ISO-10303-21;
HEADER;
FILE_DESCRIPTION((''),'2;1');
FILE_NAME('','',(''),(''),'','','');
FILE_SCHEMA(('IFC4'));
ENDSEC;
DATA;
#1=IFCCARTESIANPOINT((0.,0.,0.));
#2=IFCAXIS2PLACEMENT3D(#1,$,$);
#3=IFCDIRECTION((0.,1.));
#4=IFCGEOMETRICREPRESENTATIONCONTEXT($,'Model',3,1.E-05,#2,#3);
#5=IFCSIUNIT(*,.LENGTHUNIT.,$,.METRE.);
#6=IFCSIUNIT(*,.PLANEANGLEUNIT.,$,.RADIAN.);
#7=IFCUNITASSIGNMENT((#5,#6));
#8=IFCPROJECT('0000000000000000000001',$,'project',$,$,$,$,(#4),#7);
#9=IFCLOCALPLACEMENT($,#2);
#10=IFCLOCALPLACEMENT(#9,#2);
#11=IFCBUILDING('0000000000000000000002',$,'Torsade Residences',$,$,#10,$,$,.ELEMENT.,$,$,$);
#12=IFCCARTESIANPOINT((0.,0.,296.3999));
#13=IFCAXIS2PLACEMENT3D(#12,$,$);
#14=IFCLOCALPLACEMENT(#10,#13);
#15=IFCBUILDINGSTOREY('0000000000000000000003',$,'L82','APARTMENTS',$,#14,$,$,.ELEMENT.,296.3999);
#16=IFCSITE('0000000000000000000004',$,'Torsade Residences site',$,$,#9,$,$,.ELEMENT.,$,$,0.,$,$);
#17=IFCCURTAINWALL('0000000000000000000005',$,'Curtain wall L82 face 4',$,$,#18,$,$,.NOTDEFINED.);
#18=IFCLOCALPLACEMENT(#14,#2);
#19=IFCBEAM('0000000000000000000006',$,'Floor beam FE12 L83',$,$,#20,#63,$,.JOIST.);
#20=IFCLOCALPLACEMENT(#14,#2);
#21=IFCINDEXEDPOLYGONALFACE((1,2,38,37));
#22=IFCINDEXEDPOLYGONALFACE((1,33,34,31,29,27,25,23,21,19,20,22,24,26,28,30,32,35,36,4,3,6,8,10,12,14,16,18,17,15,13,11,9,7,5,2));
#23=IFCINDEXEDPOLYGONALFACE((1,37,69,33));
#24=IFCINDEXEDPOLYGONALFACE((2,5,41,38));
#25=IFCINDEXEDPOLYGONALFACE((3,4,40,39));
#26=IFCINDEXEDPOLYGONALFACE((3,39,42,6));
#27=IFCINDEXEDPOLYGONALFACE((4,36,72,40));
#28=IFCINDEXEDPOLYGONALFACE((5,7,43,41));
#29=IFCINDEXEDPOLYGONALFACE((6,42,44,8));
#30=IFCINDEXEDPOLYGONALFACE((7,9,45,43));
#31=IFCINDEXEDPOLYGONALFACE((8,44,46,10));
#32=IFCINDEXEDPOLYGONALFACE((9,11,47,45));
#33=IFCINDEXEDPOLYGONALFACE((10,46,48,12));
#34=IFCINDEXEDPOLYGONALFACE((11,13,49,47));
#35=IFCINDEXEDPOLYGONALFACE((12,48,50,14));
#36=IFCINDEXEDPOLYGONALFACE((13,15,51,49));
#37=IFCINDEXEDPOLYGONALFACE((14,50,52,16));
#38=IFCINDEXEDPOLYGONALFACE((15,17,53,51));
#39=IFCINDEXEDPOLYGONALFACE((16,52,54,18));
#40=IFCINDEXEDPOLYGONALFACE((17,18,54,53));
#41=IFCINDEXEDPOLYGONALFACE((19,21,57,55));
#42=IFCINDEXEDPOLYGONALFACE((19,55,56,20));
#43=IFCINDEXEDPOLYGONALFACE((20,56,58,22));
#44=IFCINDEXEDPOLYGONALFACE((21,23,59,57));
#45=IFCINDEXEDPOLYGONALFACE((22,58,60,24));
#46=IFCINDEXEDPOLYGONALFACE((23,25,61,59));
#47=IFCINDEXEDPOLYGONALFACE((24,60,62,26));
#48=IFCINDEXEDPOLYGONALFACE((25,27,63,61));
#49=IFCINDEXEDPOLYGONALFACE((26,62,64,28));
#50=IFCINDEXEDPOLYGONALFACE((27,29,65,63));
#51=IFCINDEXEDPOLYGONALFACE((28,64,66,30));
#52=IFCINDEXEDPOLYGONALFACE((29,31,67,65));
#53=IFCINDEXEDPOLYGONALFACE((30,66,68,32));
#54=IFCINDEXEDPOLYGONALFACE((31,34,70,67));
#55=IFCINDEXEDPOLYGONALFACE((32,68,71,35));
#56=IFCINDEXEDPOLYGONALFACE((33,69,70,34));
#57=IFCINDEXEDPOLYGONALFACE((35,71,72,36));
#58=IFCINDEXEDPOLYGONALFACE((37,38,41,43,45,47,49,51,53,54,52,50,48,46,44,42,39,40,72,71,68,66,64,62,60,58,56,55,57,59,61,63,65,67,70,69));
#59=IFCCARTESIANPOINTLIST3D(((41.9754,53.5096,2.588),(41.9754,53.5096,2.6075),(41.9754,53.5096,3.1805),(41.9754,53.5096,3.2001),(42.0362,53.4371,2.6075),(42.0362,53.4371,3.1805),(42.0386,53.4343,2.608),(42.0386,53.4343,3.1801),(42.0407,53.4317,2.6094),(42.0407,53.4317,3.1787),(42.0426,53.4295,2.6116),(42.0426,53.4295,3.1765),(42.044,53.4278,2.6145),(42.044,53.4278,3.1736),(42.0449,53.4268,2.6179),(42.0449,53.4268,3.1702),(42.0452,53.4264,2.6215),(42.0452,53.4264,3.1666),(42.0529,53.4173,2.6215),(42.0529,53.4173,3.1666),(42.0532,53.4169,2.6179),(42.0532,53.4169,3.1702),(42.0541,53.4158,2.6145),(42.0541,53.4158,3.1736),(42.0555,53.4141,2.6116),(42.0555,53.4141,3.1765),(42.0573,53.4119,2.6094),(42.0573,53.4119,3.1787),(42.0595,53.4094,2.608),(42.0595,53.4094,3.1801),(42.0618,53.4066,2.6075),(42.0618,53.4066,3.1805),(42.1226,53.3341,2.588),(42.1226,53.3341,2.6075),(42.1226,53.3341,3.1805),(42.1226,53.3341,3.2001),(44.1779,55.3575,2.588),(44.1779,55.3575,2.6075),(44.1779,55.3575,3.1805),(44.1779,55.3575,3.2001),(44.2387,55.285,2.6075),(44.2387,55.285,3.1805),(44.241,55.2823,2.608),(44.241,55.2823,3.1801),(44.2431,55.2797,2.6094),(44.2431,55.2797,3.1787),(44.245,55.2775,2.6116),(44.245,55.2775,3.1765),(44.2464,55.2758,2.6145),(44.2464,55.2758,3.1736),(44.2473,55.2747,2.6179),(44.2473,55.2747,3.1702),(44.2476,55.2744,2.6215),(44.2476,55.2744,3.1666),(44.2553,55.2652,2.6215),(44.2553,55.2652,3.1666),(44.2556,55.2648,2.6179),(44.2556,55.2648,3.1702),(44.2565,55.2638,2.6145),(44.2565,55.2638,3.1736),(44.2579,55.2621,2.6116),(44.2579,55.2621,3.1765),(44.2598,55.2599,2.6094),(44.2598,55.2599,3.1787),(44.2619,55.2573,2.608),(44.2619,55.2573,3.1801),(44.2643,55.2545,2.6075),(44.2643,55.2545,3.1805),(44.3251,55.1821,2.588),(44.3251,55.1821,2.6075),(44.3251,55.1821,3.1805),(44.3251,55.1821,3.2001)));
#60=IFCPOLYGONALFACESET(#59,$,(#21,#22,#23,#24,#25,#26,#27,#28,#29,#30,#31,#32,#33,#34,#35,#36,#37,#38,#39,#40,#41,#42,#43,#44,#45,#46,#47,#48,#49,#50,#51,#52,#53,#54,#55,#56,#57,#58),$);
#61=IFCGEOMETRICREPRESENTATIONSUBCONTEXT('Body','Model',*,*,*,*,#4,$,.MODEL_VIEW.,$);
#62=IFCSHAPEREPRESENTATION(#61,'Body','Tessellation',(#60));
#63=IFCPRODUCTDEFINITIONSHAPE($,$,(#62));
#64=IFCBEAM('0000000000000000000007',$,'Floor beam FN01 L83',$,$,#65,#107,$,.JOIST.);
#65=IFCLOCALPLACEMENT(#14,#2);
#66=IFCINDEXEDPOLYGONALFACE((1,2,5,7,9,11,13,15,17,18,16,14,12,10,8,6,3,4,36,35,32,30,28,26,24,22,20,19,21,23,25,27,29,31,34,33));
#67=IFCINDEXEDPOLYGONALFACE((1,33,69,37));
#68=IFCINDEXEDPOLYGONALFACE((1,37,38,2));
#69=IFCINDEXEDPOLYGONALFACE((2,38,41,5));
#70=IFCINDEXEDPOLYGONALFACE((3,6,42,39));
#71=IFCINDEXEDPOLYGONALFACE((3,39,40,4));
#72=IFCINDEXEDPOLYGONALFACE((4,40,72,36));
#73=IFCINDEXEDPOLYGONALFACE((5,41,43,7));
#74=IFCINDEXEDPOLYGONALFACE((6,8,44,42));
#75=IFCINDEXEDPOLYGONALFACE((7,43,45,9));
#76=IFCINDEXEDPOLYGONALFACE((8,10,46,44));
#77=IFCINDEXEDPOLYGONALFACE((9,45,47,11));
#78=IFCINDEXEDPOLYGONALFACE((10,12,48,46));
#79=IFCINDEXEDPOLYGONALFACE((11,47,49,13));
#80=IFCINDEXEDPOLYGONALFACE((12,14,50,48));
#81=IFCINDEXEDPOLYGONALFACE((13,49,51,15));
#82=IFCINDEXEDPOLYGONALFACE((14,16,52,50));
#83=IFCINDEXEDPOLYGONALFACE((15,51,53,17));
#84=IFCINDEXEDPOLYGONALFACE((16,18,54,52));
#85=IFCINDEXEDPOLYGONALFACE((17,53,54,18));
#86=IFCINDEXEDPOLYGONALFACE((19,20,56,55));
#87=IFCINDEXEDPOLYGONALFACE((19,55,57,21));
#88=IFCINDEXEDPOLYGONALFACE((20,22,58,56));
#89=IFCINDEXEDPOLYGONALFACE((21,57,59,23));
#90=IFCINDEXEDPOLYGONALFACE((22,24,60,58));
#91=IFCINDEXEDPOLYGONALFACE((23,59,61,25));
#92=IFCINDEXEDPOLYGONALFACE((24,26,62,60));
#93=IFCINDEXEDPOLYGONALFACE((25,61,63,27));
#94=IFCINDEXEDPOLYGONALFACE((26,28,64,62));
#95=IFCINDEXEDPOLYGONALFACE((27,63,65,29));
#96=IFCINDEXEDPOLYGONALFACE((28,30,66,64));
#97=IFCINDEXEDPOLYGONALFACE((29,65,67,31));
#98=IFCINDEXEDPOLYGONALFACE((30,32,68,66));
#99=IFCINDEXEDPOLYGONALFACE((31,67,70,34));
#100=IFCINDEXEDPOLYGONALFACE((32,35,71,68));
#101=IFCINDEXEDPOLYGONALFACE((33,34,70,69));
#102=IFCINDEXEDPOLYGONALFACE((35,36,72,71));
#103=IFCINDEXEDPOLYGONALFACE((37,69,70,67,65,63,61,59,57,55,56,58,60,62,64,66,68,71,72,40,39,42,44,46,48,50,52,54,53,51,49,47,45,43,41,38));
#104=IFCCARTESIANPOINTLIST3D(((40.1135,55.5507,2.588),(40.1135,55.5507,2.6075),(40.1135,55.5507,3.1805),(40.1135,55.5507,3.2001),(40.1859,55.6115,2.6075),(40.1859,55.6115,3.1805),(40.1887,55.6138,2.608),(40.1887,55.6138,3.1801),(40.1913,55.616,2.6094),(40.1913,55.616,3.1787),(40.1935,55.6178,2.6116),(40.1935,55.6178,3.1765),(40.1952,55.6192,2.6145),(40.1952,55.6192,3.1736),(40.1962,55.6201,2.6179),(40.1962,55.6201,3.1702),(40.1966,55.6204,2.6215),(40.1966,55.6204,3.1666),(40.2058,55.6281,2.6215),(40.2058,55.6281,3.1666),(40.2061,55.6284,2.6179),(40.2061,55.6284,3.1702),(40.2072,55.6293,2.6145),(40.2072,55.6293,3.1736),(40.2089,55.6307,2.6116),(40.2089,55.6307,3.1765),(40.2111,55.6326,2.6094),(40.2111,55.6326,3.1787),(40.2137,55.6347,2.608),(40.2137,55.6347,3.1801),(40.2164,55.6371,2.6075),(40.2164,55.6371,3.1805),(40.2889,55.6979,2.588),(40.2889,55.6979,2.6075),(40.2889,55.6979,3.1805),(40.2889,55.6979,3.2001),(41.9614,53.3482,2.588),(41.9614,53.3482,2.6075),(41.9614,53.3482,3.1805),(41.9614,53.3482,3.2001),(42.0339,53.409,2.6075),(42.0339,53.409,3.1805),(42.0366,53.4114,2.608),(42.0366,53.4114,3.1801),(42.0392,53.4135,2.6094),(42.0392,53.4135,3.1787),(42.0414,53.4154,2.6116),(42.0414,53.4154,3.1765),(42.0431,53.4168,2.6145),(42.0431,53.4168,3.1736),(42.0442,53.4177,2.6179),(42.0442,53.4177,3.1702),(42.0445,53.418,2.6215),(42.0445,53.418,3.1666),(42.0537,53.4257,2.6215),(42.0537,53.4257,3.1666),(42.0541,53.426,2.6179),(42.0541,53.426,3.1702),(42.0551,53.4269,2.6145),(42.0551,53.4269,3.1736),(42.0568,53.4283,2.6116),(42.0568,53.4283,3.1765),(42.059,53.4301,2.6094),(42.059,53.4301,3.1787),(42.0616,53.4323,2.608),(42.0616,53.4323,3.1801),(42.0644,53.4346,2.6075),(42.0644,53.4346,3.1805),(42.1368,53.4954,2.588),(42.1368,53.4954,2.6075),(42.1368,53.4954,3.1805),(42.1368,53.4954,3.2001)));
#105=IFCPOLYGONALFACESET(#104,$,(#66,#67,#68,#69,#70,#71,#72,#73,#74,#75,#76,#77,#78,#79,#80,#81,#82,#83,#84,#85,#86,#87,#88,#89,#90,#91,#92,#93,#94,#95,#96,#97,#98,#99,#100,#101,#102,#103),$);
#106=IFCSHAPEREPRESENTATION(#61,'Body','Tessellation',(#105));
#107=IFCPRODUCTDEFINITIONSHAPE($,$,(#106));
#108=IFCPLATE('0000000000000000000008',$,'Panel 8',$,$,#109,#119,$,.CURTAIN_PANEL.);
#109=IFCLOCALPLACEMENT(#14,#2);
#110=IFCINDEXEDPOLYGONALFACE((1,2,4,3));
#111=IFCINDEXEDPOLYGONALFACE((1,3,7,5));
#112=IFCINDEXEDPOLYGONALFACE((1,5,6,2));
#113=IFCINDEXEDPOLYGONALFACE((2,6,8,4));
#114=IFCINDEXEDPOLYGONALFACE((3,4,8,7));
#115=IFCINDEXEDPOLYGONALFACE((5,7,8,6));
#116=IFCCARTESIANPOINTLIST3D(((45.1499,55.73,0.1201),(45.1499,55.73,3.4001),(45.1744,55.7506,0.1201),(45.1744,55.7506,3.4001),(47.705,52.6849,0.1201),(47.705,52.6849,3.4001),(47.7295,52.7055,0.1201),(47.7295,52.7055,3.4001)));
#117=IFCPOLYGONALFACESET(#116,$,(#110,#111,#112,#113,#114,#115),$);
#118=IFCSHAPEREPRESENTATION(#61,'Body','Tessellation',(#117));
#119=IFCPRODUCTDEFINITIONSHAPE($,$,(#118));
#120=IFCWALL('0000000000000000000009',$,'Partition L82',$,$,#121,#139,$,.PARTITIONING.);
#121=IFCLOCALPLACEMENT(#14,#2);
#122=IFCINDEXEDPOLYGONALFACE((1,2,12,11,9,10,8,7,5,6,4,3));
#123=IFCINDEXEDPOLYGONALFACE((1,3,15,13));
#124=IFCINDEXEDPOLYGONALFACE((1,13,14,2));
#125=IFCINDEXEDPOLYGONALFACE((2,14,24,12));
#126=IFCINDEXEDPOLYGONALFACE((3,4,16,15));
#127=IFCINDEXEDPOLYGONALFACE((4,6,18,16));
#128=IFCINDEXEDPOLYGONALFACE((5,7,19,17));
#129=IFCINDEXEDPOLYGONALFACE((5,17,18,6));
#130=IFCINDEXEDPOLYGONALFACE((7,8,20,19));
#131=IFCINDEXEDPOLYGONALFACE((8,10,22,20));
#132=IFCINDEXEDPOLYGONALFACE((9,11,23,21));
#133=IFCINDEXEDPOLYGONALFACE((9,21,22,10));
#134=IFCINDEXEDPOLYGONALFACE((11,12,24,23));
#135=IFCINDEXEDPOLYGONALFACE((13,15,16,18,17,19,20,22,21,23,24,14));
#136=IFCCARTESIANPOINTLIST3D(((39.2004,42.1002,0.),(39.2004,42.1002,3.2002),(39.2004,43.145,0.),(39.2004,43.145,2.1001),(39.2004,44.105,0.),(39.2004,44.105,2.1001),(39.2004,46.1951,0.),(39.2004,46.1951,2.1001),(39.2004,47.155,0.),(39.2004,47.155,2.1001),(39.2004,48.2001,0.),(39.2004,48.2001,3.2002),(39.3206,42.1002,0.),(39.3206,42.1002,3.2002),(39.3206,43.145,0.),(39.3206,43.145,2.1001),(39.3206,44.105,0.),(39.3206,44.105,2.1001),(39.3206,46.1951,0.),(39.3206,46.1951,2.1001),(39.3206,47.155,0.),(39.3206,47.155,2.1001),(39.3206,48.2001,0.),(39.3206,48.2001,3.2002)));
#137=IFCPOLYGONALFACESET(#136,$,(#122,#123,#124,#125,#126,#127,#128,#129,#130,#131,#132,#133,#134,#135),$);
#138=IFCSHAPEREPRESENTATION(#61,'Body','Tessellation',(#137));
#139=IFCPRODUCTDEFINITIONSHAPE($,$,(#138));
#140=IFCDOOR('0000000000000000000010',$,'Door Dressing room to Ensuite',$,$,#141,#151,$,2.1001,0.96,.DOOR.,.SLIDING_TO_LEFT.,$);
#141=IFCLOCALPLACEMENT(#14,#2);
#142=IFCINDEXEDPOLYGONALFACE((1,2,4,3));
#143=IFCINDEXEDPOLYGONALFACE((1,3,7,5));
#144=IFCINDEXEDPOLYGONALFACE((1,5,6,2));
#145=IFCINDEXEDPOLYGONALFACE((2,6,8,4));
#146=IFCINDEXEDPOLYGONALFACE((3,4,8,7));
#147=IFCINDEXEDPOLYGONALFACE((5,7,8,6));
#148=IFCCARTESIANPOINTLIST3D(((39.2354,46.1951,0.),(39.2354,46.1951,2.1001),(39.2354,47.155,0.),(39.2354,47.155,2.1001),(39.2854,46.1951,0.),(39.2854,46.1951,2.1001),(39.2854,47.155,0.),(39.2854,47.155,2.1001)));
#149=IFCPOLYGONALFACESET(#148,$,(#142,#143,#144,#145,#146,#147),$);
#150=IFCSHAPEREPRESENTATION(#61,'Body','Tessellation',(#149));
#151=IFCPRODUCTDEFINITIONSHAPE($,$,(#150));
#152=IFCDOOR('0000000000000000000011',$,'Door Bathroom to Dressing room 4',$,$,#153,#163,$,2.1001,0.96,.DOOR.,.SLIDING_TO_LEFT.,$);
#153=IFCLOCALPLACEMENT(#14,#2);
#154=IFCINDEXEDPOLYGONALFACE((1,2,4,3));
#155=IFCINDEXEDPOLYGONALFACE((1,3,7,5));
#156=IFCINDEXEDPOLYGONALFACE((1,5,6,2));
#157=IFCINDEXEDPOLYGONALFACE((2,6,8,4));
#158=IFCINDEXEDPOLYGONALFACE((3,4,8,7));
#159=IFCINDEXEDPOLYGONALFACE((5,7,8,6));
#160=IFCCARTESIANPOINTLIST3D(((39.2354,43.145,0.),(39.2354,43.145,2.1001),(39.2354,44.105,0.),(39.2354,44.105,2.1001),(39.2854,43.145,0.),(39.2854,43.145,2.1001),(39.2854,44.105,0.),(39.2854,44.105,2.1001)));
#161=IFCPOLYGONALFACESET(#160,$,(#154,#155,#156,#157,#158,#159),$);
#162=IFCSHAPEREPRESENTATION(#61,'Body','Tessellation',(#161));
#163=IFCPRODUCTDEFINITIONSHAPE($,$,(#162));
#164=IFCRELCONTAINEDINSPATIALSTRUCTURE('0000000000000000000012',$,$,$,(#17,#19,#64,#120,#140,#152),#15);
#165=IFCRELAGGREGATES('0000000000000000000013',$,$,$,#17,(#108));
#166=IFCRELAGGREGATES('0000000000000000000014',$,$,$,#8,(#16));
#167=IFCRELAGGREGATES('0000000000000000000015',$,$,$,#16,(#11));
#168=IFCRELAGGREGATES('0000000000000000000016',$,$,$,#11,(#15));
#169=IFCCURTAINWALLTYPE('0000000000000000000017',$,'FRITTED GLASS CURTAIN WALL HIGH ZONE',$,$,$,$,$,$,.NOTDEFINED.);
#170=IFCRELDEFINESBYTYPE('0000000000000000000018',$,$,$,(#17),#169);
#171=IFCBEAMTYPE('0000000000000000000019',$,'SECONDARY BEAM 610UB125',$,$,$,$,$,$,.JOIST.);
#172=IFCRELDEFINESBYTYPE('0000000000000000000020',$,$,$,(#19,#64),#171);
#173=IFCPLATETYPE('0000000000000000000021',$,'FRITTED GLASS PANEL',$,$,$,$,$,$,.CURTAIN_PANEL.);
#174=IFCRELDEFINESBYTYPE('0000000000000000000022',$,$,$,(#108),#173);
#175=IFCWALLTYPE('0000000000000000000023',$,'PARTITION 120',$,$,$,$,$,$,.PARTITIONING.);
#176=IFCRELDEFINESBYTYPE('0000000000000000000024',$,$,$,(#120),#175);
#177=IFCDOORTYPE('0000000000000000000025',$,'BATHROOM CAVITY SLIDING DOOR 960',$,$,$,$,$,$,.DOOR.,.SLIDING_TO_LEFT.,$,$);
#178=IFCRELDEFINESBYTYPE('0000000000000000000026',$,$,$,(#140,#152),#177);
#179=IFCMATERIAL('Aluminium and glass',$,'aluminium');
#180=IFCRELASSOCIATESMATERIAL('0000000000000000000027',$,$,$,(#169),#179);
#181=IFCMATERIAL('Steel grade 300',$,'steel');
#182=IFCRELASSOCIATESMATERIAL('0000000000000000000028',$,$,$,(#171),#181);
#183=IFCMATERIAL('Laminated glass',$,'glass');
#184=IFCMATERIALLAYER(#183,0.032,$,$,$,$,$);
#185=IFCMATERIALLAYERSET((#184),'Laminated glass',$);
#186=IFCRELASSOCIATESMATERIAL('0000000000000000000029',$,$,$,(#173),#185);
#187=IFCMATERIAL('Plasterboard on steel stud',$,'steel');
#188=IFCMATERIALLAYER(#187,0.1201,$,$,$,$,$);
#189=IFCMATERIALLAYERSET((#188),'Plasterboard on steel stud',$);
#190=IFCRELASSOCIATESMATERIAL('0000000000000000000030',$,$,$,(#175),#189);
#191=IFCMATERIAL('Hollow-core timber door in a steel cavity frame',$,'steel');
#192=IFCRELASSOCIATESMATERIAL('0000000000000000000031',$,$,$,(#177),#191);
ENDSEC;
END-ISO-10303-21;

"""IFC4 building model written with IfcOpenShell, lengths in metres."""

from ifc_helpers import new_model, si_unit, direction, frame, frame_2d, origin, origin_2d, place, context, subcontext, project, spatial, rectangle, i_section, extrude, material, layer, layer_set, material_profile, profile_set, type_object, element, fill, aggregate, save


model = new_model("IFC4")

# Units and contexts
model_context = context("Model", 3, precision=1e-05, world=origin(), true_north=direction((0.0, 1.0)))
body_context = subcontext(model_context, "Body", "Model", "MODEL_VIEW")
ifc_project = project(units=[si_unit("LENGTHUNIT", "METRE"), si_unit("PLANEANGLEUNIT", "RADIAN")], contexts=[model_context])

# Site, building, storey
site_placement = place(None, origin())
site = spatial("IfcSite", under=ifc_project, at=site_placement, Name="Torsade Residences site", CompositionType="ELEMENT", RefElevation=0.0)
building_placement = place(site_placement, origin())
building = spatial("IfcBuilding", under=site, at=building_placement, Name="Torsade Residences", CompositionType="ELEMENT")
storey_placement = place(building_placement, frame((0.0, 0.0, 296.3999)))
storey = spatial("IfcBuildingStorey", under=building, at=storey_placement, Name="L82", Description="APARTMENTS", CompositionType="ELEMENT", Elevation=296.3999)

# Curtain wall
ifc_material_1 = material(Name="Aluminium and glass", Category="aluminium")
curtain_wall_type = type_object("IfcCurtainWallType", Name="FRITTED GLASS CURTAIN WALL HIGH ZONE", PredefinedType="NOTDEFINED", material=ifc_material_1)
curtain_wall_1_placement = place(storey_placement, origin())
curtain_wall_1 = element("IfcCurtainWall", 1, at=curtain_wall_1_placement, inside=storey, type_object=curtain_wall_type, Name="Curtain wall L82 face 4", PredefinedType="NOTDEFINED")

# Beams
ifc_material_2 = material(Name="Steel grade 300", Category="steel")
ifc_material_profile_1 = material_profile(ifc_material_2, i_section(OverallWidth=0.229, OverallDepth=0.6121, WebThickness=0.012, FlangeThickness=0.0195, FilletRadius=0.0139, at=origin_2d()), Name="610UB125")
ifc_profile_set_1 = profile_set([ifc_material_profile_1], Name="Steel grade 300")
beam_type_1 = type_object("IfcBeamType", Name="SECONDARY BEAM 610UB125", PredefinedType="JOIST", material=ifc_profile_set_1)
for number, where, z_axis, x_axis, name in (
    (2, (44.2515, 55.2698, 2.894), (-0.766066, -0.642762, 0.0), (0.642762, -0.766066, 0.0), "Floor beam FE12 L83"),
    (3, (40.2012, 55.6243, 2.894), (0.642762, -0.766066, 0.0), (0.766066, 0.642762, 0.0), "Floor beam FN01 L83"),
):
    element("IfcBeam", number, at=place(storey_placement, frame(where, z_axis=z_axis, x_axis=x_axis)), inside=storey, type_object=beam_type_1, Name=name, PredefinedType="JOIST", context=body_context, shape_type="SweptSolid", body=[
        extrude(i_section(OverallWidth=0.229, OverallDepth=0.6121, WebThickness=0.012, FlangeThickness=0.0195, FilletRadius=0.0139, at=origin_2d()), origin(), (0.0, 0.0, 1.0), 2.875),
    ])

# Plate
ifc_material_3 = material(Name="Laminated glass", Category="glass")
ifc_layer_1 = layer(ifc_material_3, 0.032)
ifc_layer_set_1 = layer_set([ifc_layer_1], Name="Laminated glass")
plate_type = type_object("IfcPlateType", Name="FRITTED GLASS PANEL", PredefinedType="CURTAIN_PANEL", material=ifc_layer_set_1)
plate_placement = place(storey_placement, frame((46.4397, 54.2178, 0.1201), z_axis=(0.0, 0.0, 1.0), x_axis=(-0.642788, 0.766044, 0.0)))
plate = element("IfcPlate", 4, at=plate_placement, type_object=plate_type, Name="Panel 8", PredefinedType="CURTAIN_PANEL", context=body_context, shape_type="SweptSolid", body=[
    extrude(rectangle(XDim=3.9751, YDim=0.032, at=origin_2d()), origin(), (0.0, 0.0, 1.0), 3.28),
])
aggregate(curtain_wall_1, [plate])

# Wall, openings, doors
ifc_material_4 = material(Name="Plasterboard on steel stud", Category="steel")
ifc_layer_2 = layer(ifc_material_4, 0.1201)
ifc_layer_set_2 = layer_set([ifc_layer_2], Name="Plasterboard on steel stud")
wall_type_1 = type_object("IfcWallType", Name="PARTITION 120", PredefinedType="PARTITIONING", material=ifc_layer_set_2)
wall_1_placement = place(storey_placement, frame((39.2605, 48.2, 0.0), z_axis=(0.0, 0.0, 1.0), x_axis=(0.0, -1.0, 0.0)))
wall_1 = element("IfcWall", 5, at=wall_1_placement, inside=storey, type_object=wall_type_1, Name="Partition L82", PredefinedType="PARTITIONING", context=body_context, shape_type="SweptSolid", body=[
    extrude(rectangle(XDim=6.0999, YDim=0.1201, at=frame_2d((3.0498, 0.0))), origin(), (0.0, 0.0, 1.0), 3.2002),
])
opening_1_placement = place(wall_1_placement, frame((1.0449, 0.0, 0.0)))
opening_1 = element("IfcOpeningElement", 6, at=opening_1_placement, cuts=wall_1, PredefinedType="OPENING", context=body_context, shape_type="SweptSolid", body=[
    extrude(rectangle(XDim=0.96, YDim=2.1001, at=frame_2d((0.48, 1.05))), frame((0.0, 0.0701, 0.0), z_axis=(0.0, -1.0, 0.0), x_axis=(1.0, 0.0, 0.0)), (0.0, 0.0, 1.0), 0.1401),
])
opening_2_placement = place(wall_1_placement, frame((4.095, 0.0, 0.0)))
opening_2 = element("IfcOpeningElement", 7, at=opening_2_placement, cuts=wall_1, PredefinedType="OPENING", context=body_context, shape_type="SweptSolid", body=[
    extrude(rectangle(XDim=0.96, YDim=2.1001, at=frame_2d((0.48, 1.05))), frame((0.0, 0.0701, 0.0), z_axis=(0.0, -1.0, 0.0), x_axis=(1.0, 0.0, 0.0)), (0.0, 0.0, 1.0), 0.1401),
])
ifc_material_5 = material(Name="Hollow-core timber door in a steel cavity frame", Category="steel")
door_type_1 = type_object("IfcDoorType", Name="BATHROOM CAVITY SLIDING DOOR 960", OperationType="SLIDING_TO_LEFT", PredefinedType="DOOR", material=ifc_material_5)
door_1_placement = place(opening_1_placement, origin())
door_1 = element("IfcDoor", 8, at=door_1_placement, inside=storey, type_object=door_type_1, Name="Door Dressing room to Ensuite", OperationType="SLIDING_TO_LEFT", OverallHeight=2.1001, OverallWidth=0.96, PredefinedType="DOOR", context=body_context, shape_type="SweptSolid", body=[
    extrude(rectangle(XDim=0.96, YDim=2.1001, at=frame_2d((0.48, 1.05))), frame((0.0, 0.0249, 0.0), z_axis=(0.0, -1.0, 0.0), x_axis=(1.0, 0.0, 0.0)), (0.0, 0.0, 1.0), 0.05),
])
fill(opening_1, door_1)
door_2_placement = place(opening_2_placement, origin())
door_2 = element("IfcDoor", 9, at=door_2_placement, inside=storey, type_object=door_type_1, Name="Door Bathroom to Dressing room 4", OperationType="SLIDING_TO_LEFT", OverallHeight=2.1001, OverallWidth=0.96, PredefinedType="DOOR", context=body_context, shape_type="SweptSolid", body=[
    extrude(rectangle(XDim=0.96, YDim=2.1001, at=frame_2d((0.48, 1.05))), frame((0.0, 0.0249, 0.0), z_axis=(0.0, -1.0, 0.0), x_axis=(1.0, 0.0, 0.0)), (0.0, 0.0, 1.0), 0.05),
])
fill(opening_2, door_2)

save(model, "model.ifc")
